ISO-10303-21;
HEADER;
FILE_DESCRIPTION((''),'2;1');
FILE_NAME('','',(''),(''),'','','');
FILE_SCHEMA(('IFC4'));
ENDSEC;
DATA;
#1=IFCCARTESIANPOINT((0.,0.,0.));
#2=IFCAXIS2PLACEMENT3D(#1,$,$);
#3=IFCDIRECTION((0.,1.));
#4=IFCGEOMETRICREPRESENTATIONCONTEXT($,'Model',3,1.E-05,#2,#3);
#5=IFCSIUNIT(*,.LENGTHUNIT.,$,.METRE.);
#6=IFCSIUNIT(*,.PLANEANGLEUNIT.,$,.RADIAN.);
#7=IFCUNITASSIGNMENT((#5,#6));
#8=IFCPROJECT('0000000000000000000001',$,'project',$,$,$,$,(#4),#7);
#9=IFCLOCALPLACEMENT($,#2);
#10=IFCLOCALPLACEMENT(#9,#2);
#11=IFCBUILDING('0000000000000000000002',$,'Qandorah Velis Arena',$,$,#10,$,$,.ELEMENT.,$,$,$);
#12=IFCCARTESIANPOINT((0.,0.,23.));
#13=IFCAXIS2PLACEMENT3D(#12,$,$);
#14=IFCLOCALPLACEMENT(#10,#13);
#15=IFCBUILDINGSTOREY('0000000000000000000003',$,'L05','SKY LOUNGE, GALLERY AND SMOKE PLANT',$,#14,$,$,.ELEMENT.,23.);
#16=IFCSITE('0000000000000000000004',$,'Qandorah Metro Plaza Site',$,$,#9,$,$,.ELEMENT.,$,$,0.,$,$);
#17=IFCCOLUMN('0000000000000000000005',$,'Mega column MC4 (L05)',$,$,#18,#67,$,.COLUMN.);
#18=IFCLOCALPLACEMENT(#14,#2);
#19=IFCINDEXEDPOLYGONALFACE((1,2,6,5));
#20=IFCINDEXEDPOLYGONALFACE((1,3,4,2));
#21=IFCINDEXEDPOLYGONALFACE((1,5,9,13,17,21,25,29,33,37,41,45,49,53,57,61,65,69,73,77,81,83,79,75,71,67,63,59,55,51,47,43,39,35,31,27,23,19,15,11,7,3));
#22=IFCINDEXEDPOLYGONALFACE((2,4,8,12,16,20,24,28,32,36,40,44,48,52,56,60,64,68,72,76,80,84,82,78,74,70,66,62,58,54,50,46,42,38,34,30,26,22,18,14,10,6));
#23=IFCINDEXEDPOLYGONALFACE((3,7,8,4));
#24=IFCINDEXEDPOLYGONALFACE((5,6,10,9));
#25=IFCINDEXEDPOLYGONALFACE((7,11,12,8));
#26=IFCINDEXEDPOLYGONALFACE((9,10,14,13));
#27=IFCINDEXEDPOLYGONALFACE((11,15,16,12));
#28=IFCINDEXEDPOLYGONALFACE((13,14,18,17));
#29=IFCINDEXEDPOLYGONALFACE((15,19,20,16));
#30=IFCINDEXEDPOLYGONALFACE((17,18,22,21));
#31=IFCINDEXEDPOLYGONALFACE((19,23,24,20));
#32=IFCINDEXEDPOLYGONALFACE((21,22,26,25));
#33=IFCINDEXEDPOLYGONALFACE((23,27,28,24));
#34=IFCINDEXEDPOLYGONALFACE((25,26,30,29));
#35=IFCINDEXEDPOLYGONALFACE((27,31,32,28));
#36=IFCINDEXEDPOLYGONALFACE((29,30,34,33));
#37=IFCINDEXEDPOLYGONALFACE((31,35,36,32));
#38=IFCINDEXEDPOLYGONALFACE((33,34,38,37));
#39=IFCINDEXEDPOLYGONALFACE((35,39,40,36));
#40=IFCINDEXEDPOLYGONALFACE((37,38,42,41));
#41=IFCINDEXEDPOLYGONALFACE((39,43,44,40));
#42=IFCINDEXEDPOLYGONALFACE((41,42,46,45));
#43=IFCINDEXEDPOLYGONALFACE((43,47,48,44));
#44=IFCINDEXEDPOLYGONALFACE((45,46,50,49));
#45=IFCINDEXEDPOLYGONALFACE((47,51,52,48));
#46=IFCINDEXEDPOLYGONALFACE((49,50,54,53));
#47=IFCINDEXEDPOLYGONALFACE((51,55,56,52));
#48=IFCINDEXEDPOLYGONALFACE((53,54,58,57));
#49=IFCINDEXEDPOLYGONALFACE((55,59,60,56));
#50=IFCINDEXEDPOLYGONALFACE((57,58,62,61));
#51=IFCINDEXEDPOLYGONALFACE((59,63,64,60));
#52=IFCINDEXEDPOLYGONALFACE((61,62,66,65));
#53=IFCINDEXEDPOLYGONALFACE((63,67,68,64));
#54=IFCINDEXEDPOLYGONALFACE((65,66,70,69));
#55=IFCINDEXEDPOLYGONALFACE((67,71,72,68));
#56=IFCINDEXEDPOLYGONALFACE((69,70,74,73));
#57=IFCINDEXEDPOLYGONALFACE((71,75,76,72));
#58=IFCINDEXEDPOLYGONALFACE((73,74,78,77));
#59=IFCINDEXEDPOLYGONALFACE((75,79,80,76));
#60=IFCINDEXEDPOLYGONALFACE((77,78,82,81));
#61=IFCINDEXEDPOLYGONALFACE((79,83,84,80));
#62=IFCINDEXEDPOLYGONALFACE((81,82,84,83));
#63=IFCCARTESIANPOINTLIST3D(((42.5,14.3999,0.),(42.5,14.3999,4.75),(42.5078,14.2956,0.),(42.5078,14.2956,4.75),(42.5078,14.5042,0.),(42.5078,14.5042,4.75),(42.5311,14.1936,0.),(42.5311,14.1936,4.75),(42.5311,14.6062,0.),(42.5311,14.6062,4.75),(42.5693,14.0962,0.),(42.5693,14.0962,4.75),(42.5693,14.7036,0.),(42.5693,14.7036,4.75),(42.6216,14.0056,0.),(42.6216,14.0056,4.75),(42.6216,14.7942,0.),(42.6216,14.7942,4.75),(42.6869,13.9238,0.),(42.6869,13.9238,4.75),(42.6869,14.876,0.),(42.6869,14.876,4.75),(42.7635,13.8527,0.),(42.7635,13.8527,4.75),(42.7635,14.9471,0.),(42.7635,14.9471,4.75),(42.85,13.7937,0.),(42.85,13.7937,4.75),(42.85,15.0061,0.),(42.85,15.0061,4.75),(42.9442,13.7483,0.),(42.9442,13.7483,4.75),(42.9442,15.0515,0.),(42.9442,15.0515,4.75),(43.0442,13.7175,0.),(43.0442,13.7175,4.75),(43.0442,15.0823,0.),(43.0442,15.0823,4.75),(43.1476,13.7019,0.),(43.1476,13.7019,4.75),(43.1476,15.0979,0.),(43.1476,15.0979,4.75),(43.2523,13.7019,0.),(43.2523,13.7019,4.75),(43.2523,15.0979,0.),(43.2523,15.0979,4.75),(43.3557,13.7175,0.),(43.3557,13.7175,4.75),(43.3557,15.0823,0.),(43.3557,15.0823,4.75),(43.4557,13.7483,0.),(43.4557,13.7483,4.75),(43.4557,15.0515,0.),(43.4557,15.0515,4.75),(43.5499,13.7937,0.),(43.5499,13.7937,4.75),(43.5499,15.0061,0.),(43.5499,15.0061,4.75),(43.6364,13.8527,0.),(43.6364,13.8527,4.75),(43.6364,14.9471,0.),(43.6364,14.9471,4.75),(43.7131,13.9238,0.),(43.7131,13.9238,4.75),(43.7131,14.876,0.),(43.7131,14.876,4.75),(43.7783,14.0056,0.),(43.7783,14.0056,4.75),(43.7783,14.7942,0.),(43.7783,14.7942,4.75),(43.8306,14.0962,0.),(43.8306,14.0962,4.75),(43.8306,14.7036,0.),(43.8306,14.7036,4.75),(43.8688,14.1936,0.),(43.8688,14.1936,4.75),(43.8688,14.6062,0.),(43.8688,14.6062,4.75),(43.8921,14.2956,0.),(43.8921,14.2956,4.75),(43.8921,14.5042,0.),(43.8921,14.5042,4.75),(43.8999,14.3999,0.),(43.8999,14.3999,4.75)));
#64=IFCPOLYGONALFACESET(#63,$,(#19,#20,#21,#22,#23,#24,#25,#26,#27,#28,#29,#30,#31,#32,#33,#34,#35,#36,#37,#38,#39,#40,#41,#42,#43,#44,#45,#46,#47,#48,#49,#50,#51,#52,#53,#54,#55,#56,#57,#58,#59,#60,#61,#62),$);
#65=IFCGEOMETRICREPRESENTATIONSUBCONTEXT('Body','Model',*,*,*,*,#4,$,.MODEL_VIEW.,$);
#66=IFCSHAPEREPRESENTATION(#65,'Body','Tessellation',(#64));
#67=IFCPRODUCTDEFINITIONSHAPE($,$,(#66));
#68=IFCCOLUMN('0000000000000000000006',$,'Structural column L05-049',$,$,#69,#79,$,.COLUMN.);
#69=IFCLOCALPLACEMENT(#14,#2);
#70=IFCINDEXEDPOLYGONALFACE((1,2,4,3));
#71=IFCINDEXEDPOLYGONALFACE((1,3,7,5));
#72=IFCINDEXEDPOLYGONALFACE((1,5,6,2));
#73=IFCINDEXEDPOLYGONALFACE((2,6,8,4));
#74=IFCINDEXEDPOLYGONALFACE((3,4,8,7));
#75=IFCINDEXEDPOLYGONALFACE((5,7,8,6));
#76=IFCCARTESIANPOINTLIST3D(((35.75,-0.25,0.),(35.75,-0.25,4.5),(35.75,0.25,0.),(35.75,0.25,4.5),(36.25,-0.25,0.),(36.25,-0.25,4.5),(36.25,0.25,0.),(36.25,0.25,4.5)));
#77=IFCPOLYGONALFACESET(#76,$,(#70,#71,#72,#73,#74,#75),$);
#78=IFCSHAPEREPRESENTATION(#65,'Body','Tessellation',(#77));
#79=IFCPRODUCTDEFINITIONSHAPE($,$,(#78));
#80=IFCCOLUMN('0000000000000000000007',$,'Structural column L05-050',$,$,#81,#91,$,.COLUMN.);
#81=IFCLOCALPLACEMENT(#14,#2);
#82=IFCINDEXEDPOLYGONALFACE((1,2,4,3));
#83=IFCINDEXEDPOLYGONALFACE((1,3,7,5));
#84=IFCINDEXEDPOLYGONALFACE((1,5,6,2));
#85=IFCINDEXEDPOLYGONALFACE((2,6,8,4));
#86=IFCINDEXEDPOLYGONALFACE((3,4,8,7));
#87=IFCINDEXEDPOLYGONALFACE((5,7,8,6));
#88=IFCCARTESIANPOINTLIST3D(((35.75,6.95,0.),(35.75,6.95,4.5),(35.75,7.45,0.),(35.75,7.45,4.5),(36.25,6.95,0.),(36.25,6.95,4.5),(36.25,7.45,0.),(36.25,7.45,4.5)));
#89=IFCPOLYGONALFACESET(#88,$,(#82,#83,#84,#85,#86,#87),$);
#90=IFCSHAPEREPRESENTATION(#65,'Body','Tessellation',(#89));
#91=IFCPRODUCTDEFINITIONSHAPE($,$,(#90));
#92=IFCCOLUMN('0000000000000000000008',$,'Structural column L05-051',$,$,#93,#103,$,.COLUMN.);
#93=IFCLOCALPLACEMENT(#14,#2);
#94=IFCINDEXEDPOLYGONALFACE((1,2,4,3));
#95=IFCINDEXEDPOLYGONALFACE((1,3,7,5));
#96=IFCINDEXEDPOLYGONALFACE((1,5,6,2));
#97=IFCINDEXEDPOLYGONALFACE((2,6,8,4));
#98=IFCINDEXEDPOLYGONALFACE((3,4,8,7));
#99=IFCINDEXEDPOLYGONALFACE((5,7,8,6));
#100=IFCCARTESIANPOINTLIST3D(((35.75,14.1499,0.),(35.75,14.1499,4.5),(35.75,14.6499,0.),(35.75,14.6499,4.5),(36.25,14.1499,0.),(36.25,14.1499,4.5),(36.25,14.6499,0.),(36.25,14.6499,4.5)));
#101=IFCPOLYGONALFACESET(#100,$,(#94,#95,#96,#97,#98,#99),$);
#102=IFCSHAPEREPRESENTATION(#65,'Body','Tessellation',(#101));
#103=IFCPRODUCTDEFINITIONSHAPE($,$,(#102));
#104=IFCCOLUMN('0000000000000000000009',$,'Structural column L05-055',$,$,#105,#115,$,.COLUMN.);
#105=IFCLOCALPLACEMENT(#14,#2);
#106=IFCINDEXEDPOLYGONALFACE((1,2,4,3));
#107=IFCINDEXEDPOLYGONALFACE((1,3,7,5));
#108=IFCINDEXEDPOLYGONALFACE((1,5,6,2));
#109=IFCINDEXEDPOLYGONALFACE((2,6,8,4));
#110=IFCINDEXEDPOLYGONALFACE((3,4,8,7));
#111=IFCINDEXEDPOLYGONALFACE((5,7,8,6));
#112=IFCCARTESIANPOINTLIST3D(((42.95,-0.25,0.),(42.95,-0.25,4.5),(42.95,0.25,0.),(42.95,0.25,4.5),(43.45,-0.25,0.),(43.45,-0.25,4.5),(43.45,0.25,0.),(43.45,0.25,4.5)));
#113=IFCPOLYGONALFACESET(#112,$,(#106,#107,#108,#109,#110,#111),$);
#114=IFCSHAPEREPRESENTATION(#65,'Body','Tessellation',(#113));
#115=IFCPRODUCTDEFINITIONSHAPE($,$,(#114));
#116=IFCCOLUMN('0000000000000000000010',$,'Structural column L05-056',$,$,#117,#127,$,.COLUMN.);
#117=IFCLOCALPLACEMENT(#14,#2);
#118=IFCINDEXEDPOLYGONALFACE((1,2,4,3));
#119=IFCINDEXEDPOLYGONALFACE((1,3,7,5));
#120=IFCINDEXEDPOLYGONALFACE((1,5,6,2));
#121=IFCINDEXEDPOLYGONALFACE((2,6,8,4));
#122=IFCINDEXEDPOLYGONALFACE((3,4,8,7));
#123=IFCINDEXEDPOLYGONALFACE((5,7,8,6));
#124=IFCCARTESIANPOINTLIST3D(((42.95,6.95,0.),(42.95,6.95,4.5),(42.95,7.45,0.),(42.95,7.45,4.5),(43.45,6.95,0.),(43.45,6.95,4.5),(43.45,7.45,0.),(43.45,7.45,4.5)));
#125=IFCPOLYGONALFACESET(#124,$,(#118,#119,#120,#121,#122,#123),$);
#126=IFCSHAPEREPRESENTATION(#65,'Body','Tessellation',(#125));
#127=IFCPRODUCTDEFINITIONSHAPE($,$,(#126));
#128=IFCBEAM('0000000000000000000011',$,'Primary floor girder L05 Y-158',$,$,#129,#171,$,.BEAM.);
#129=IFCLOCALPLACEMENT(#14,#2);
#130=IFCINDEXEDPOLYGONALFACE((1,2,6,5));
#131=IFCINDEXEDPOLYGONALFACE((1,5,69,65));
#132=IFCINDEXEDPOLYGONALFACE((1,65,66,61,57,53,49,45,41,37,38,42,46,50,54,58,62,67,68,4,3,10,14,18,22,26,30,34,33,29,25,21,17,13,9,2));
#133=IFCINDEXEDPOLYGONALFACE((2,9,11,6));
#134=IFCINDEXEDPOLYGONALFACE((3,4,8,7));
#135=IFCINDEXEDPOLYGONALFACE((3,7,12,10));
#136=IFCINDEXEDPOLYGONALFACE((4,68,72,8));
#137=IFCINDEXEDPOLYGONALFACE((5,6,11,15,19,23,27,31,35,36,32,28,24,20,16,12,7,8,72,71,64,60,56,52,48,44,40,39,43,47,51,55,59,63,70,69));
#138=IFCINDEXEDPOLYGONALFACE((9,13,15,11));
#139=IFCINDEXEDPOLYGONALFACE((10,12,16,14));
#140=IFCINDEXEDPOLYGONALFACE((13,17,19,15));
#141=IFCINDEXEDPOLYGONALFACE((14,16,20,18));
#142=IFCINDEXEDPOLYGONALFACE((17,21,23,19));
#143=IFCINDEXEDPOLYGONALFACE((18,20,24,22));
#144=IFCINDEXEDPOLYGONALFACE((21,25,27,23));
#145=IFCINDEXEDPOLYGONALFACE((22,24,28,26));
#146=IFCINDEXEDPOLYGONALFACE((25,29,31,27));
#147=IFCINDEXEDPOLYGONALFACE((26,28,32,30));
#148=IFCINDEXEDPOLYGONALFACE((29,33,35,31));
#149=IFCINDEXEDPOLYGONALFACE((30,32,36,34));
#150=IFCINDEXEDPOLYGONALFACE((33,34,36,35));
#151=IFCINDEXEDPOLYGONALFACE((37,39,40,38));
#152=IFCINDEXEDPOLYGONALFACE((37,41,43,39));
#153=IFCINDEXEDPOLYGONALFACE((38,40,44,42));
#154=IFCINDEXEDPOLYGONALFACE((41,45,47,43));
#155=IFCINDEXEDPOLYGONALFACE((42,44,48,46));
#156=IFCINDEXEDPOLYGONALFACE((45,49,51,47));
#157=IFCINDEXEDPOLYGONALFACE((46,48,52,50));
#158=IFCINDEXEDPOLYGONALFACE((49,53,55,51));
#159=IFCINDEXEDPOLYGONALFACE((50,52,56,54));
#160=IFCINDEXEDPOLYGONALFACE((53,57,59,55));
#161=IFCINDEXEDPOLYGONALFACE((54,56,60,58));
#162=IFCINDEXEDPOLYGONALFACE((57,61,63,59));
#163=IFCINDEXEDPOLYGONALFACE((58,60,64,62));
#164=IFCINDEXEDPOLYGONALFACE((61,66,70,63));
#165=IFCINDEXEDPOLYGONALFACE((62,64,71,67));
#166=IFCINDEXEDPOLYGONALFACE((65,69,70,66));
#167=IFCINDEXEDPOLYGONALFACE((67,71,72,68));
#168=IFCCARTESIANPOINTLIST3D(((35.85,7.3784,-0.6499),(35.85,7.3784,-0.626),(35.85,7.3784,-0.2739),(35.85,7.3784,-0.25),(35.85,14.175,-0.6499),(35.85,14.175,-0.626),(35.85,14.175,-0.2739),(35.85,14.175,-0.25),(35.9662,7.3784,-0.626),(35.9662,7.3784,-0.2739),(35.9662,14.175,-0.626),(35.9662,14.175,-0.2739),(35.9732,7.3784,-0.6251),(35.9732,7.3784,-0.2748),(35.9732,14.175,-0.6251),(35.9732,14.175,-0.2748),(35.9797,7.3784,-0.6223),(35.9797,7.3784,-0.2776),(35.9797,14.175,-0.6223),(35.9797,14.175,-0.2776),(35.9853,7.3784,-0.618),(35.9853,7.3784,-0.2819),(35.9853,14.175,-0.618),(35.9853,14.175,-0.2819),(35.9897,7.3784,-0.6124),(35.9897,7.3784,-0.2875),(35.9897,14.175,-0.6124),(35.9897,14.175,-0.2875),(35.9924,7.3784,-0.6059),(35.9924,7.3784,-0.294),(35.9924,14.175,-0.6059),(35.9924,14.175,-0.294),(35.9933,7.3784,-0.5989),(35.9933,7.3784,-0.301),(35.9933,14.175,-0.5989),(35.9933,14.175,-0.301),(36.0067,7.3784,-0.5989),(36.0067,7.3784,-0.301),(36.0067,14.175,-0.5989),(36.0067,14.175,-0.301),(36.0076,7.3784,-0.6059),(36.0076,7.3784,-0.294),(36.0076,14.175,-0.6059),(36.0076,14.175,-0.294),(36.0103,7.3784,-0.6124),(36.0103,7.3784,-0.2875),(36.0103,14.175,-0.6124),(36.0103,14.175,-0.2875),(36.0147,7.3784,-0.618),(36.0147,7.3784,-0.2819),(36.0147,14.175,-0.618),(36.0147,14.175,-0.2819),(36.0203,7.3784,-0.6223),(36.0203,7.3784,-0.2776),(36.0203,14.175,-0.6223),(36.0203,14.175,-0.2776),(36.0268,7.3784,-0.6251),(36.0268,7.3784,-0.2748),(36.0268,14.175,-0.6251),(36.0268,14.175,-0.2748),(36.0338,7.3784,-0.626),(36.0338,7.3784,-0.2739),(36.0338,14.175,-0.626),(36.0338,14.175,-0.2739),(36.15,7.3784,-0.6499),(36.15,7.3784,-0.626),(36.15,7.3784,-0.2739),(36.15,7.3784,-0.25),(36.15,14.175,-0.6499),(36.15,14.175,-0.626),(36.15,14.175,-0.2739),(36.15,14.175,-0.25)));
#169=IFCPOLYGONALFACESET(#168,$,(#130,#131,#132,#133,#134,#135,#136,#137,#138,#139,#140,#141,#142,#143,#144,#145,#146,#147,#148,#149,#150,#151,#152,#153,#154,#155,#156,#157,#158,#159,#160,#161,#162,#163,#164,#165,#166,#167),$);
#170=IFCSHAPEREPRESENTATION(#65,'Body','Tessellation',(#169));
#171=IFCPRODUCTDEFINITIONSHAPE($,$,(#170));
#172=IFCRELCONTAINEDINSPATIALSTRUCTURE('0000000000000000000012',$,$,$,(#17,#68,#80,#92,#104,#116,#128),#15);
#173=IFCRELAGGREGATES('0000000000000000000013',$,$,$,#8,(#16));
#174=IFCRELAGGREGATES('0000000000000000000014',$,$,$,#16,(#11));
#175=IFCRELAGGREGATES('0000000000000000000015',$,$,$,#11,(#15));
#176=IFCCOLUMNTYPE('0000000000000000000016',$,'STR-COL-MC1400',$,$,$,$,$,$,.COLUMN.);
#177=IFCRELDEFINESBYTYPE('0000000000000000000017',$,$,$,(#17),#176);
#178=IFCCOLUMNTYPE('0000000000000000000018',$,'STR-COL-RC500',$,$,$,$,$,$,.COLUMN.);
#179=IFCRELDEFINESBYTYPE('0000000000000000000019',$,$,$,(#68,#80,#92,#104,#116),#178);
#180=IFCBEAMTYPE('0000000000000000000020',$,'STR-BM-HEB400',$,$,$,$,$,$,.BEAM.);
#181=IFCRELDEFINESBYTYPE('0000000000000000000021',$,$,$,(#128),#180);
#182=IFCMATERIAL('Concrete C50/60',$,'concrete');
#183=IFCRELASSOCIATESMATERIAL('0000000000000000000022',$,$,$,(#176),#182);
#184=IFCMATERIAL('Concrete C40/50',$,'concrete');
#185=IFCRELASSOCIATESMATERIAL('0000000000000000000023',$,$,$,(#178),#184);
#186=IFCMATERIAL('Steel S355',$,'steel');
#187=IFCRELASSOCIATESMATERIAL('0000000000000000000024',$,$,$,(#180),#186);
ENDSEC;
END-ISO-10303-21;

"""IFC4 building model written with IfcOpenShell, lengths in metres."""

from ifc_helpers import new_model, si_unit, direction, frame, origin, origin_2d, place, context, subcontext, project, spatial, rectangle, circle, i_section, extrude, material, material_profile, profile_set, type_object, element, save


model = new_model("IFC4")

# Units and contexts
model_context = context("Model", 3, precision=1e-05, world=origin(), true_north=direction((0.0, 1.0)))
body_context = subcontext(model_context, "Body", "Model", "MODEL_VIEW")
ifc_project = project(units=[si_unit("LENGTHUNIT", "METRE"), si_unit("PLANEANGLEUNIT", "RADIAN")], contexts=[model_context])

# Site, building, storey
site_placement = place(None, origin())
site = spatial("IfcSite", under=ifc_project, at=site_placement, Name="Qandorah Metro Plaza Site", CompositionType="ELEMENT", RefElevation=0.0)
building_placement = place(site_placement, origin())
building = spatial("IfcBuilding", under=site, at=building_placement, Name="Qandorah Velis Arena", CompositionType="ELEMENT")
storey_placement = place(building_placement, frame((0.0, 0.0, 23.0)))
storey = spatial("IfcBuildingStorey", under=building, at=storey_placement, Name="L05", Description="SKY LOUNGE, GALLERY AND SMOKE PLANT", CompositionType="ELEMENT", Elevation=23.0)

# Columns
ifc_material_1 = material(Name="Concrete C50/60", Category="concrete")
ifc_material_profile_1 = material_profile(ifc_material_1, circle(Radius=0.7, at=origin_2d()), Name="MC D1400")
ifc_profile_set_1 = profile_set([ifc_material_profile_1], Name="Concrete C50/60")
column_type_1 = type_object("IfcColumnType", Name="STR-COL-MC1400", PredefinedType="COLUMN", material=ifc_profile_set_1)
column_placement = place(storey_placement, frame((43.2, 14.3999, 0.0), z_axis=(0.0, 0.0, 1.0), x_axis=(1.0, 0.0, 0.0)))
element("IfcColumn", 1, at=column_placement, inside=storey, type_object=column_type_1, Name="Mega column MC4 (L05)", PredefinedType="COLUMN", context=body_context, shape_type="SweptSolid", body=[
    extrude(circle(Radius=0.7, at=origin_2d()), origin(), (0.0, 0.0, 1.0), 4.75),
])
ifc_material_2 = material(Name="Concrete C40/50", Category="concrete")
ifc_material_profile_2 = material_profile(ifc_material_2, rectangle(XDim=0.5, YDim=0.5, at=origin_2d()), Name="RC COL 500x500")
ifc_profile_set_2 = profile_set([ifc_material_profile_2], Name="Concrete C40/50")
column_type_2 = type_object("IfcColumnType", Name="STR-COL-RC500", PredefinedType="COLUMN", material=ifc_profile_set_2)
for number, where, z_axis, x_axis, name in (
    (2, (36.0, 0.0, 0.0), (0.0, 0.0, 1.0), (1.0, 0.0, 0.0), "Structural column L05-049"),
    (3, (36.0, 7.2, 0.0), (0.0, 0.0, 1.0), (1.0, 0.0, 0.0), "Structural column L05-050"),
    (4, (36.0, 14.3999, 0.0), (0.0, 0.0, 1.0), (1.0, 0.0, 0.0), "Structural column L05-051"),
    (5, (43.2, 0.0, 0.0), (0.0, 0.0, 1.0), (1.0, 0.0, 0.0), "Structural column L05-055"),
    (6, (43.2, 7.2, 0.0), (0.0, 0.0, 1.0), (1.0, 0.0, 0.0), "Structural column L05-056"),
):
    element("IfcColumn", number, at=place(storey_placement, frame(where, z_axis=z_axis, x_axis=x_axis)), inside=storey, type_object=column_type_2, Name=name, PredefinedType="COLUMN", context=body_context, shape_type="SweptSolid", body=[
        extrude(rectangle(XDim=0.5, YDim=0.5, at=origin_2d()), origin(), (0.0, 0.0, 1.0), 4.5),
    ])

# Beam
ifc_material_3 = material(Name="Steel S355", Category="steel")
ifc_material_profile_3 = material_profile(ifc_material_3, i_section(OverallWidth=0.3, OverallDepth=0.3999, WebThickness=0.0134, FlangeThickness=0.0239, FilletRadius=0.0271, at=origin_2d()), Name="HEB 400")
ifc_profile_set_3 = profile_set([ifc_material_profile_3], Name="Steel S355")
beam_type_1 = type_object("IfcBeamType", Name="STR-BM-HEB400", PredefinedType="BEAM", material=ifc_profile_set_3)
beam_1_placement = place(storey_placement, frame((36.0, 7.3784, -0.45), z_axis=(0.0, 1.0, 0.0), x_axis=(-1.0, 0.0, 0.0)))
element("IfcBeam", 7, at=beam_1_placement, inside=storey, type_object=beam_type_1, Name="Primary floor girder L05 Y-158", PredefinedType="BEAM", context=body_context, shape_type="SweptSolid", body=[
    extrude(i_section(OverallWidth=0.3, OverallDepth=0.3999, WebThickness=0.0134, FlangeThickness=0.0239, FilletRadius=0.0271, at=origin_2d()), origin(), (0.0, 0.0, 1.0), 6.7966),
])

save(model, "model.ifc")
